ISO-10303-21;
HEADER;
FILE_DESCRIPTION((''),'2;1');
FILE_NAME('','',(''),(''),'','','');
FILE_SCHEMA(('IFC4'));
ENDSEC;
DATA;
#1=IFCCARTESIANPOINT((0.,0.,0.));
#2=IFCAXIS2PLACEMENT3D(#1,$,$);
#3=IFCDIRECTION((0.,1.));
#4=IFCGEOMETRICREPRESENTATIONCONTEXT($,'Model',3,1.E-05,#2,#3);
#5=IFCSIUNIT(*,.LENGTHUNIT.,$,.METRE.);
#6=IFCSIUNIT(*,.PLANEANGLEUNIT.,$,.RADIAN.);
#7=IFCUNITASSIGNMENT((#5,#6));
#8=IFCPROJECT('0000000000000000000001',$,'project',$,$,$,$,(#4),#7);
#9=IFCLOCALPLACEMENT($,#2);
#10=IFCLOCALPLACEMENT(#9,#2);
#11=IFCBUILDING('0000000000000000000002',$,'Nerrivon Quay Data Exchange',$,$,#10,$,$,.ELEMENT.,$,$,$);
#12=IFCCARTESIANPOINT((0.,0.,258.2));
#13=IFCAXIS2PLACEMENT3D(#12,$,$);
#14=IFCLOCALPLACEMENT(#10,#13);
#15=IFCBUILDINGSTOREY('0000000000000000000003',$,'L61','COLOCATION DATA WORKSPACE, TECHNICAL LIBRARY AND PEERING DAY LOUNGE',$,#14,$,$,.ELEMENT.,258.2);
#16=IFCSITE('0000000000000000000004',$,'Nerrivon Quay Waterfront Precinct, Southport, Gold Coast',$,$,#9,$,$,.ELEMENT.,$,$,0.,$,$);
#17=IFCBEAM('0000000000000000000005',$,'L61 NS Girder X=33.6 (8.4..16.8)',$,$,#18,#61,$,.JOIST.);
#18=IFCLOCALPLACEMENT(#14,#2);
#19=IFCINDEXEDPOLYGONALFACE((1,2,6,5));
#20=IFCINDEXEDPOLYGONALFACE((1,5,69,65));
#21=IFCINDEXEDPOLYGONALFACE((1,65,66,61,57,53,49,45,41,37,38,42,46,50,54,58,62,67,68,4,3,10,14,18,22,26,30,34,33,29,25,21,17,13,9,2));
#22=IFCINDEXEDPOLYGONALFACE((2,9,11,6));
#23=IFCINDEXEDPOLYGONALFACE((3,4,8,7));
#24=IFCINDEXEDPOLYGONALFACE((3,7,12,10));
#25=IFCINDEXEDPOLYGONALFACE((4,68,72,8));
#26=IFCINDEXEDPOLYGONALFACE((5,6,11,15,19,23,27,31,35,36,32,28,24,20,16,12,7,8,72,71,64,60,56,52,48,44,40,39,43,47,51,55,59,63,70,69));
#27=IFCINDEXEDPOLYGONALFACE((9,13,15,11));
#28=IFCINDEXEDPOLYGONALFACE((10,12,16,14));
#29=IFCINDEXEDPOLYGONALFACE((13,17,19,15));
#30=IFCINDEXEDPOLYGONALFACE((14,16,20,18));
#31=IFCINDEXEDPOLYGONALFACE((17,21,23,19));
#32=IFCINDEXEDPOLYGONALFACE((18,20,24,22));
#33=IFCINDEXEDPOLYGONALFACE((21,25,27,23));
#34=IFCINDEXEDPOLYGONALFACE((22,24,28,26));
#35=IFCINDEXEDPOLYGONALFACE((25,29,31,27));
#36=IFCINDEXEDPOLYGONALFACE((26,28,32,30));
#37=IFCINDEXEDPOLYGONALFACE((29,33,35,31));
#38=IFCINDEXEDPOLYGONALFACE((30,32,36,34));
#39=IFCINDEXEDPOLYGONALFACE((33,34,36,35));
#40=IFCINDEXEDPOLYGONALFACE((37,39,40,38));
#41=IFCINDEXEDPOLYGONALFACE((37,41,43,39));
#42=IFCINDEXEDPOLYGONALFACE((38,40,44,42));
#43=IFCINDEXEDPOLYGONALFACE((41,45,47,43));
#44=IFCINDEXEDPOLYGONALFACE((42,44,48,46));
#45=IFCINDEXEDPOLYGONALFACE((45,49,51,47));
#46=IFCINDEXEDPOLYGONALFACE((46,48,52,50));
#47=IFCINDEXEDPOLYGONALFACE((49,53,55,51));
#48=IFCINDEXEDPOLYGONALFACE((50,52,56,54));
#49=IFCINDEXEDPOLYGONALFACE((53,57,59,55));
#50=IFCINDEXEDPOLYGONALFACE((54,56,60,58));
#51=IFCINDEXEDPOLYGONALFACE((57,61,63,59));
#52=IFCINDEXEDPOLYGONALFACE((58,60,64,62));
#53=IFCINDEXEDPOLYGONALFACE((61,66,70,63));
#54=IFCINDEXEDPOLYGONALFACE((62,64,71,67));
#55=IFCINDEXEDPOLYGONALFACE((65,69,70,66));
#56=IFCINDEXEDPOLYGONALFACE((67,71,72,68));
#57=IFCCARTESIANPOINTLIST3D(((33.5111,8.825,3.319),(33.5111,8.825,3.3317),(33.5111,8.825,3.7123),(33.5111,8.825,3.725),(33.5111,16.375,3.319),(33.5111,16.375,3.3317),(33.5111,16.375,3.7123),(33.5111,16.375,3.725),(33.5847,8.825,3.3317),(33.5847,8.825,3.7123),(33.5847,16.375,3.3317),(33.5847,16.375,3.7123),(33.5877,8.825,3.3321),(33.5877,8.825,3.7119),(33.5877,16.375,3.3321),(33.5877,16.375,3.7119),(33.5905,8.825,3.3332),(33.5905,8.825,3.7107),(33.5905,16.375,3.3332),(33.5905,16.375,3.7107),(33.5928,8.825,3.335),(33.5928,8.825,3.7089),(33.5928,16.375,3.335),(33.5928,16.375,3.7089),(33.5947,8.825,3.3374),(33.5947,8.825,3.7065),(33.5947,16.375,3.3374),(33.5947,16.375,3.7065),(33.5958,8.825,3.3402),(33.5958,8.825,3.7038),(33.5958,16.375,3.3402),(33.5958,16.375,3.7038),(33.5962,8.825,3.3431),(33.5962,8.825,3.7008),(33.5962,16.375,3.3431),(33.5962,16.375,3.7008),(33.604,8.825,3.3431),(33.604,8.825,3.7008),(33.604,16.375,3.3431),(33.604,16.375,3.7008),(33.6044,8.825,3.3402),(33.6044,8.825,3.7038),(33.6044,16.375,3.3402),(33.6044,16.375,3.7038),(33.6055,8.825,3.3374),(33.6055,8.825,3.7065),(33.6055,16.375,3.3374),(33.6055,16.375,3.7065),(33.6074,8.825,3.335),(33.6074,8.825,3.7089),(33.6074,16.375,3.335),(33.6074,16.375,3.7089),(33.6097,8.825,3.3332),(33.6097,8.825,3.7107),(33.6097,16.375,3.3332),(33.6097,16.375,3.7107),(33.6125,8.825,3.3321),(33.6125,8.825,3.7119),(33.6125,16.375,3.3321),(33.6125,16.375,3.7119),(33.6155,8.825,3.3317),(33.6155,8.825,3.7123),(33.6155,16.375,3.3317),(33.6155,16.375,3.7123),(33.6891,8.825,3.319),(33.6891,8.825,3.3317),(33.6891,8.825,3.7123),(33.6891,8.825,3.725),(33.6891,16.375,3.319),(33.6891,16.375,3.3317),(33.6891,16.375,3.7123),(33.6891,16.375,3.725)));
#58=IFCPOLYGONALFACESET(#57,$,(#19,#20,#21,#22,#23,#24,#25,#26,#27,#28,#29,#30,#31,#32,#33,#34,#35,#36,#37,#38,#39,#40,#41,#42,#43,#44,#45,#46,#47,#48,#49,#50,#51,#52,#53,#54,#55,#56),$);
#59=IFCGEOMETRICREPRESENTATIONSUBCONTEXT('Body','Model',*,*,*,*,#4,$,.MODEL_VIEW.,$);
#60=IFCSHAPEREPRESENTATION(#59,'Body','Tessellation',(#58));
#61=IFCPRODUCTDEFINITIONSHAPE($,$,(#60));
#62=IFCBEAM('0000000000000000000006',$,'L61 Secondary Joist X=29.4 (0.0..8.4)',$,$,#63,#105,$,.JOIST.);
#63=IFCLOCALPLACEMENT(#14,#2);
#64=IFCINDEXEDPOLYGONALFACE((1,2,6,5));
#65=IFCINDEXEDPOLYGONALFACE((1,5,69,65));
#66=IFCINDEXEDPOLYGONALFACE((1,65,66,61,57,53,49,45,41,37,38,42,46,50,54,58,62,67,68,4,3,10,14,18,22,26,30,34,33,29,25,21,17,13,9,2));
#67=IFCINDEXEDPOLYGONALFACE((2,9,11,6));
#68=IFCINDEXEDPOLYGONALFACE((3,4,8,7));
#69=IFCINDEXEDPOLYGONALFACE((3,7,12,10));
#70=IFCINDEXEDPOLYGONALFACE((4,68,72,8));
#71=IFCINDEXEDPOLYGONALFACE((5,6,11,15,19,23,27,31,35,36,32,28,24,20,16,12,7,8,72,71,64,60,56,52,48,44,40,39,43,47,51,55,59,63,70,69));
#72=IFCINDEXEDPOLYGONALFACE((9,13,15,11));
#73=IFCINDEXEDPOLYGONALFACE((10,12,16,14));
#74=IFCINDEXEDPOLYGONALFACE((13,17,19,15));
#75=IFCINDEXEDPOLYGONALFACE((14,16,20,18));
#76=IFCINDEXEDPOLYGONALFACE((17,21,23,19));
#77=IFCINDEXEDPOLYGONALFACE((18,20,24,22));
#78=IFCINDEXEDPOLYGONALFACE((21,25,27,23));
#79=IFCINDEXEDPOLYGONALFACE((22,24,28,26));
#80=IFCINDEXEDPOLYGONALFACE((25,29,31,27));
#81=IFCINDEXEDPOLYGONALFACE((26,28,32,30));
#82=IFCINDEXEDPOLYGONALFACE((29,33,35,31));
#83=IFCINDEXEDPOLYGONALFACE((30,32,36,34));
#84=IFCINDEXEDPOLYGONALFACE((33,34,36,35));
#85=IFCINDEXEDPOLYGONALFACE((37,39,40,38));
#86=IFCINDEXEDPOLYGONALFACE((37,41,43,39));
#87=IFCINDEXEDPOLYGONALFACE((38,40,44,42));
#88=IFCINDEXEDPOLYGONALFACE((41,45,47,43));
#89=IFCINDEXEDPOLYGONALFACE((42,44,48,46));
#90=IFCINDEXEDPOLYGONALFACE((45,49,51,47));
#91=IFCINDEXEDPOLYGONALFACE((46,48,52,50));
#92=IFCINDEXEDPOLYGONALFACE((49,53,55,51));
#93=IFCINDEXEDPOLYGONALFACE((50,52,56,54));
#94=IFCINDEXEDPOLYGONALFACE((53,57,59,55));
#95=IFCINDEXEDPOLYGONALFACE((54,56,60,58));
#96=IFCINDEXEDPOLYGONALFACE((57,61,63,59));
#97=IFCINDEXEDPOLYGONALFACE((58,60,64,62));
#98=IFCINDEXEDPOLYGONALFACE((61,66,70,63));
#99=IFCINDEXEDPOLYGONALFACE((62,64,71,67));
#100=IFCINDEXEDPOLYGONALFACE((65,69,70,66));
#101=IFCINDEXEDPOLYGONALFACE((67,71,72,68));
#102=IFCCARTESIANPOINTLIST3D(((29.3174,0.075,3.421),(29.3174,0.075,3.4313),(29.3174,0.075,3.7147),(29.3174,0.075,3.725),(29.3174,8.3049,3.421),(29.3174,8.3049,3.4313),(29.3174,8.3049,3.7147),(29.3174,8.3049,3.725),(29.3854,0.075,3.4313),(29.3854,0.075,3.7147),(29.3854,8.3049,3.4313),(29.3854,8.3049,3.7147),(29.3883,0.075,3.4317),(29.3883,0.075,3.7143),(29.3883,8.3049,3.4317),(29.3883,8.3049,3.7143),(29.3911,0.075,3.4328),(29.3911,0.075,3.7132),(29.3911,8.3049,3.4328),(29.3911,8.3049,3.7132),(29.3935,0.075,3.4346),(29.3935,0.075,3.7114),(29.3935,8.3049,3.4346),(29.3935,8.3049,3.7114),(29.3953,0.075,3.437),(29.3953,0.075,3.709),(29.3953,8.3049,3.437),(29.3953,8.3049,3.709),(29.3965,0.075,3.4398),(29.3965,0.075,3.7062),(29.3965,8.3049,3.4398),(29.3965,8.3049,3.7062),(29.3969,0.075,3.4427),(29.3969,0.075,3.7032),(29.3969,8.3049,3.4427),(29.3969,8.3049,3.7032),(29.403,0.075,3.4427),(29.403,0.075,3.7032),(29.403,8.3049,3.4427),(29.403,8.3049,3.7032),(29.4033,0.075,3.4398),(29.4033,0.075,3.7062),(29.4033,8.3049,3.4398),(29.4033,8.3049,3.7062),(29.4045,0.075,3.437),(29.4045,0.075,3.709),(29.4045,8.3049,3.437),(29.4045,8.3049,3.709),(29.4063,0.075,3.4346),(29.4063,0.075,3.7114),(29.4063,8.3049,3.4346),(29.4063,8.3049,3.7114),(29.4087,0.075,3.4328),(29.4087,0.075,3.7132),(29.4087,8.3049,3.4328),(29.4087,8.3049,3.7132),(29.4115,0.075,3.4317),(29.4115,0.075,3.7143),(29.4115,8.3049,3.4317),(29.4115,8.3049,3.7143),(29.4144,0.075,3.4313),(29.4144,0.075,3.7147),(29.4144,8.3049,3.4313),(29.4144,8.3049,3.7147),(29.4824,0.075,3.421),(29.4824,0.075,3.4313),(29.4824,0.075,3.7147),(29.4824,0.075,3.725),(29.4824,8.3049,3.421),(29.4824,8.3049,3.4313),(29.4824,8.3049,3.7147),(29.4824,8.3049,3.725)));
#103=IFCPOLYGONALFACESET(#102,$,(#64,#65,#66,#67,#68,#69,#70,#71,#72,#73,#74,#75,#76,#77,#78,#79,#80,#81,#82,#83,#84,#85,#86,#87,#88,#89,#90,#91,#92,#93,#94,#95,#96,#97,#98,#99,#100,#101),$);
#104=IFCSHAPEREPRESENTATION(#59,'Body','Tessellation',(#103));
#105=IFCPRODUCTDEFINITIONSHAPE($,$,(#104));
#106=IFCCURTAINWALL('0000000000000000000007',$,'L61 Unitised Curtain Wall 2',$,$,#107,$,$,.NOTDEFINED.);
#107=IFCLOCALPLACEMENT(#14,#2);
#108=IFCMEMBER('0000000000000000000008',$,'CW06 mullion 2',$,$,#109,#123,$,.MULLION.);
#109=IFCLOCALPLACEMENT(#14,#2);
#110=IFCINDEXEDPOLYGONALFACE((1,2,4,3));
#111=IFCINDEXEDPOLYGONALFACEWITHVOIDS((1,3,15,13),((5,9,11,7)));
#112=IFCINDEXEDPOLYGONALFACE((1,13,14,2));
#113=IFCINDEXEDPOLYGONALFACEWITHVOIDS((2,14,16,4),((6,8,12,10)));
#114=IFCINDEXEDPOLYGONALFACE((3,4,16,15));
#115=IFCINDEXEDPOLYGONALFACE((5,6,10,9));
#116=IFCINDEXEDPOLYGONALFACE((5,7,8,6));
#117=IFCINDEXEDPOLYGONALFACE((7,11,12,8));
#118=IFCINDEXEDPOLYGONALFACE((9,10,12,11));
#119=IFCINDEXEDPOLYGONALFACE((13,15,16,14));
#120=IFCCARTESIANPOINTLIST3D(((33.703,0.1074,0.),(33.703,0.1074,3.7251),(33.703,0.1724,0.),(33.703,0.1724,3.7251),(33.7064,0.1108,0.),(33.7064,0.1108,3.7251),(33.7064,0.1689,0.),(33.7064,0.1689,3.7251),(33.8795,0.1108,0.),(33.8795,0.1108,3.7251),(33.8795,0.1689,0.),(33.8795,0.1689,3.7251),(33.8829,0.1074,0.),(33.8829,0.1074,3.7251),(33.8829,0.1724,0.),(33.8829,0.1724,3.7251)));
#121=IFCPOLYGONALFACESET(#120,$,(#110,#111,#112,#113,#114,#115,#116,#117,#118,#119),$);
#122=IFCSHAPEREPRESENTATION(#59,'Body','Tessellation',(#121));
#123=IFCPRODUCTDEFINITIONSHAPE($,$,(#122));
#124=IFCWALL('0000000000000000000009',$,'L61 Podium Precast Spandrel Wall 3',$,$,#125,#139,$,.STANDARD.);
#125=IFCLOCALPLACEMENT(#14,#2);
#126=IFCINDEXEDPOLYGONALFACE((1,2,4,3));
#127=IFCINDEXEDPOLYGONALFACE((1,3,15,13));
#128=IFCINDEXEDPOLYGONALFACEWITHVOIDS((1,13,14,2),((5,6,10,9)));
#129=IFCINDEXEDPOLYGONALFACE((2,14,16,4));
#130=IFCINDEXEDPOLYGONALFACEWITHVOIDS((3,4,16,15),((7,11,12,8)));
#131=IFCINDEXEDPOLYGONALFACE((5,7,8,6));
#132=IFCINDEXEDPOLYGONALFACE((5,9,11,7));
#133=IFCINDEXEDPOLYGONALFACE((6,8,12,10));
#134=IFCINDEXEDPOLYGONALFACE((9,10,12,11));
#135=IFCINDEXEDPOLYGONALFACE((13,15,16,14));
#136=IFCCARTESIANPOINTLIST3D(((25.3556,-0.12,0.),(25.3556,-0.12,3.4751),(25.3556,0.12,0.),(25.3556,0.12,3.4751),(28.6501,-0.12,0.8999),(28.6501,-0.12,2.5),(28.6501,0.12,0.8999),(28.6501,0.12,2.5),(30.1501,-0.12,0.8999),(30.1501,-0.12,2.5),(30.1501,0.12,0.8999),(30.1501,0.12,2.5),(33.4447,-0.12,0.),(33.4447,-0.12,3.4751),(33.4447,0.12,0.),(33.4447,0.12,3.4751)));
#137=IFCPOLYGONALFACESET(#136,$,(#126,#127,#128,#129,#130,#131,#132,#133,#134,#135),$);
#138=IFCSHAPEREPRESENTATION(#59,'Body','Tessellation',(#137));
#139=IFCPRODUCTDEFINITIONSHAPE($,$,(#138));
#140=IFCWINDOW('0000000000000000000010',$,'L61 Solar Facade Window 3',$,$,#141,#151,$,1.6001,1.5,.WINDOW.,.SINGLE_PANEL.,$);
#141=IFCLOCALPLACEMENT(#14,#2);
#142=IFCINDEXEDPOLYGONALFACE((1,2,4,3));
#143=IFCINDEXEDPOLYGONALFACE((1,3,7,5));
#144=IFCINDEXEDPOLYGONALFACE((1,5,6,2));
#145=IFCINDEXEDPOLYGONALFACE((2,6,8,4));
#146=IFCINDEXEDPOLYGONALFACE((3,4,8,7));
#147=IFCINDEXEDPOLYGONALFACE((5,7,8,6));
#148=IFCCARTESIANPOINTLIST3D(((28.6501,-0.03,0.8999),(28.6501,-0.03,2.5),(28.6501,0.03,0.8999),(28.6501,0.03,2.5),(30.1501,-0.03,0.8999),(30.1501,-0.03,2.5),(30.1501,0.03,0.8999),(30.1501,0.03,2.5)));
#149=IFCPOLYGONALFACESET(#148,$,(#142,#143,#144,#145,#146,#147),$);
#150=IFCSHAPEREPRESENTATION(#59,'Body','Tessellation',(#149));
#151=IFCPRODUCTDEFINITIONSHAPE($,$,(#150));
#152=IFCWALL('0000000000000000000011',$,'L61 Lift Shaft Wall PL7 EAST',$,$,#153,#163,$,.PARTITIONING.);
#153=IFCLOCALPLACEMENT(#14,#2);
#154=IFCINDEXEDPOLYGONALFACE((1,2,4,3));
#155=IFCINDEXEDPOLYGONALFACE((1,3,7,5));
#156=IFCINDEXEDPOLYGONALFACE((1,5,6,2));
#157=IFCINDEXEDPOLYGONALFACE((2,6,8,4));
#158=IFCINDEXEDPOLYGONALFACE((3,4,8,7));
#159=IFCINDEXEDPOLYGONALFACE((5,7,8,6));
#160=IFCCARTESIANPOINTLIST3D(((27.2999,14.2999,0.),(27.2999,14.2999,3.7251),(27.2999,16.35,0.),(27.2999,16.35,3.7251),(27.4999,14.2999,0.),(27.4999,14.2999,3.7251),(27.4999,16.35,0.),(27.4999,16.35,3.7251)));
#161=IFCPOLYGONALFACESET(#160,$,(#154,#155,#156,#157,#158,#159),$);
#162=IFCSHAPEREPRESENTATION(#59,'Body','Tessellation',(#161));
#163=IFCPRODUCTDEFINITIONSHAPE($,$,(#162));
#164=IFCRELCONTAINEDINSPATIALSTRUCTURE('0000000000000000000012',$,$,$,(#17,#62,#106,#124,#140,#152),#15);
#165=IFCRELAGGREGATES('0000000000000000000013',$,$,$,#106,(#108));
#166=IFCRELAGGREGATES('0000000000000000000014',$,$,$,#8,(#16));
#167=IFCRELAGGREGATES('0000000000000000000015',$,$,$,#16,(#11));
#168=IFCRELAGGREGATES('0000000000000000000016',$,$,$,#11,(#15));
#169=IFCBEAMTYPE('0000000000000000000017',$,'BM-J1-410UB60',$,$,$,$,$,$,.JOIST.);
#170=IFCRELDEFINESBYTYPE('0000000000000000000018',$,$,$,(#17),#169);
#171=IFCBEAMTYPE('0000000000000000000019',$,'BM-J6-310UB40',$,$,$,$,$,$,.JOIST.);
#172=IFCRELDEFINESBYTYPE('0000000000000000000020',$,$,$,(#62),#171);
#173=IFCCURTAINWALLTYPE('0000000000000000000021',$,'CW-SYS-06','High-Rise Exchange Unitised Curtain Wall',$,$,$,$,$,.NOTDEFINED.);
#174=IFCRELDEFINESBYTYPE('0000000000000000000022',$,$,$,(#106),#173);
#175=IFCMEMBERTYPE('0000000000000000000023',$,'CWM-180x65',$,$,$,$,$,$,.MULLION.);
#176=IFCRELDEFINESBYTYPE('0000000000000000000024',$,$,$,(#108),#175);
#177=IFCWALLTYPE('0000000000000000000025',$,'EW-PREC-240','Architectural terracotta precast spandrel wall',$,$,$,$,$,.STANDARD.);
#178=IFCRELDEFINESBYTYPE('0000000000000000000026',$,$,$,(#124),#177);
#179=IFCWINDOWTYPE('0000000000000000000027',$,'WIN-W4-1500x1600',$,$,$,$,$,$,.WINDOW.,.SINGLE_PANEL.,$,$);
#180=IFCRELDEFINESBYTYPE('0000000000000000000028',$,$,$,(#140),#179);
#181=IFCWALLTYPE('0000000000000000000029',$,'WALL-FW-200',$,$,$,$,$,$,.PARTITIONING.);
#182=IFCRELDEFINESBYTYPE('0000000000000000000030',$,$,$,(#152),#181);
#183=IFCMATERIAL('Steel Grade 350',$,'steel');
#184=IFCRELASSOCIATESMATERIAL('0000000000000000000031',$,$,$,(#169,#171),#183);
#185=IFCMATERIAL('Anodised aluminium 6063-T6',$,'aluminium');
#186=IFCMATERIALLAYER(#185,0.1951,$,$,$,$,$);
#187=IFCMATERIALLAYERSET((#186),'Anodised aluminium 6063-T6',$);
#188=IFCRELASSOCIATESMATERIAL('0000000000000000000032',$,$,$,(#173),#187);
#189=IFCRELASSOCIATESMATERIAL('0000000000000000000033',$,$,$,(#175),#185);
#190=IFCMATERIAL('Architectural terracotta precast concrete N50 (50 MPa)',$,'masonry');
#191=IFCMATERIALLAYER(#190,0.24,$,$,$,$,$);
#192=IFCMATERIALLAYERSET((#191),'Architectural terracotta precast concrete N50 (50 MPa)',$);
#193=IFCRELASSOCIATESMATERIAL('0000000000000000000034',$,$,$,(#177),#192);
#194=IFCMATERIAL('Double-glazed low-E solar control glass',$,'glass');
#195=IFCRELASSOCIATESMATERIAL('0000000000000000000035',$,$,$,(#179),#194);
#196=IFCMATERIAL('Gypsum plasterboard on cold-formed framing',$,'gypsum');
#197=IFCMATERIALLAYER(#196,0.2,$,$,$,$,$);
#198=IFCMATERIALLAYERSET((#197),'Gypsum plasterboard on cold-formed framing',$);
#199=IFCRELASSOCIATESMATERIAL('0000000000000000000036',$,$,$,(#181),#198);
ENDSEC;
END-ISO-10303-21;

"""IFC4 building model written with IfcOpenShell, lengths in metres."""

from ifc_helpers import new_model, si_unit, direction, frame, frame_2d, origin, origin_2d, place, context, subcontext, project, spatial, rectangle, hollow_rectangle, i_section, extrude, material, layer, layer_set, material_profile, profile_set, type_object, element, fill, aggregate, save


model = new_model("IFC4")

# Units and contexts
model_context = context("Model", 3, precision=1e-05, world=origin(), true_north=direction((0.0, 1.0)))
body_context = subcontext(model_context, "Body", "Model", "MODEL_VIEW")
ifc_project = project(units=[si_unit("LENGTHUNIT", "METRE"), si_unit("PLANEANGLEUNIT", "RADIAN")], contexts=[model_context])

# Site, building, storey
site_placement = place(None, origin())
site = spatial("IfcSite", under=ifc_project, at=site_placement, Name="Nerrivon Quay Waterfront Precinct, Southport, Gold Coast", CompositionType="ELEMENT", RefElevation=0.0)
building_placement = place(site_placement, origin())
building = spatial("IfcBuilding", under=site, at=building_placement, Name="Nerrivon Quay Data Exchange", CompositionType="ELEMENT")
storey_placement = place(building_placement, frame((0.0, 0.0, 258.2)))
storey = spatial("IfcBuildingStorey", under=building, at=storey_placement, Name="L61", Description="COLOCATION DATA WORKSPACE, TECHNICAL LIBRARY AND PEERING DAY LOUNGE", CompositionType="ELEMENT", Elevation=258.2)

# Shared definitions
ifc_material_1 = material(Name="Steel Grade 350", Category="steel")

# Beams
ifc_material_profile_1 = material_profile(ifc_material_1, i_section(OverallWidth=0.178, OverallDepth=0.406, WebThickness=0.0078, FlangeThickness=0.0127, FilletRadius=0.0115, at=origin_2d()), Name="410UB59.7")
ifc_profile_set_1 = profile_set([ifc_material_profile_1], Name="Steel Grade 350")
beam_type_1 = type_object("IfcBeamType", Name="BM-J1-410UB60", PredefinedType="JOIST", material=ifc_profile_set_1)
beam_1_placement = place(storey_placement, frame((33.6001, 8.825, 3.522), z_axis=(0.0, 1.0, 0.0), x_axis=(-1.0, 0.0, 0.0)))
element("IfcBeam", 1, at=beam_1_placement, inside=storey, type_object=beam_type_1, Name="L61 NS Girder X=33.6 (8.4..16.8)", PredefinedType="JOIST", context=body_context, shape_type="SweptSolid", body=[
    extrude(i_section(OverallWidth=0.178, OverallDepth=0.406, WebThickness=0.0078, FlangeThickness=0.0127, FilletRadius=0.0115, at=origin_2d()), origin(), (0.0, 0.0, 1.0), 7.55),
])
ifc_material_profile_2 = material_profile(ifc_material_1, i_section(OverallWidth=0.165, OverallDepth=0.304, WebThickness=0.0061, FlangeThickness=0.0103, FilletRadius=0.0115, at=origin_2d()), Name="310UB40.4")
ifc_profile_set_2 = profile_set([ifc_material_profile_2], Name="Steel Grade 350")
beam_type_2 = type_object("IfcBeamType", Name="BM-J6-310UB40", PredefinedType="JOIST", material=ifc_profile_set_2)
beam_2_placement = place(storey_placement, frame((29.3999, 0.075, 3.573), z_axis=(0.0, 1.0, 0.0), x_axis=(-1.0, 0.0, 0.0)))
element("IfcBeam", 2, at=beam_2_placement, inside=storey, type_object=beam_type_2, Name="L61 Secondary Joist X=29.4 (0.0..8.4)", PredefinedType="JOIST", context=body_context, shape_type="SweptSolid", body=[
    extrude(i_section(OverallWidth=0.165, OverallDepth=0.304, WebThickness=0.0061, FlangeThickness=0.0103, FilletRadius=0.0115, at=origin_2d()), origin(), (0.0, 0.0, 1.0), 8.23),
])

# Curtain wall, member
ifc_material_2 = material(Name="Anodised aluminium 6063-T6", Category="aluminium")
ifc_layer_1 = layer(ifc_material_2, 0.1951)
ifc_layer_set_1 = layer_set([ifc_layer_1], Name="Anodised aluminium 6063-T6")
curtain_wall_type = type_object("IfcCurtainWallType", Name="CW-SYS-06", Description="High-Rise Exchange Unitised Curtain Wall", PredefinedType="NOTDEFINED", material=ifc_layer_set_1)
curtain_wall_placement = place(storey_placement, origin())
curtain_wall = element("IfcCurtainWall", 3, at=curtain_wall_placement, inside=storey, type_object=curtain_wall_type, Name="L61 Unitised Curtain Wall 2", PredefinedType="NOTDEFINED")
ifc_material_profile_3 = material_profile(ifc_material_2, hollow_rectangle(XDim=0.0649, YDim=0.1799, WallThickness=0.0034, at=origin_2d()), Name="ALU-MULL-180x65")
ifc_profile_set_3 = profile_set([ifc_material_profile_3], Name="Anodised aluminium 6063-T6")
member_type = type_object("IfcMemberType", Name="CWM-180x65", PredefinedType="MULLION", material=ifc_profile_set_3)
member_placement = place(storey_placement, frame((33.793, 0.1399, 0.0), z_axis=(0.0, 0.0, 1.0), x_axis=(0.0, -1.0, 0.0)))
member = element("IfcMember", 4, at=member_placement, type_object=member_type, Name="CW06 mullion 2", PredefinedType="MULLION", context=body_context, shape_type="SweptSolid", body=[
    extrude(hollow_rectangle(XDim=0.0649, YDim=0.1799, WallThickness=0.0034, at=origin_2d()), origin(), (0.0, 0.0, 1.0), 3.7251),
])
aggregate(curtain_wall, [member])

# Wall, opening, window
ifc_material_3 = material(Name="Architectural terracotta precast concrete N50 (50 MPa)", Category="masonry")
ifc_layer_2 = layer(ifc_material_3, 0.24)
ifc_layer_set_2 = layer_set([ifc_layer_2], Name="Architectural terracotta precast concrete N50 (50 MPa)")
wall_type_1 = type_object("IfcWallType", Name="EW-PREC-240", Description="Architectural terracotta precast spandrel wall", PredefinedType="STANDARD", material=ifc_layer_set_2)
wall_1_placement = place(storey_placement, frame((33.4446, 0.0, 0.0), z_axis=(0.0, 0.0, 1.0), x_axis=(-1.0, 0.0, 0.0)))
wall_1 = element("IfcWall", 5, at=wall_1_placement, inside=storey, type_object=wall_type_1, Name="L61 Podium Precast Spandrel Wall 3", PredefinedType="STANDARD", context=body_context, shape_type="SweptSolid", body=[
    extrude(rectangle(XDim=8.0891, YDim=0.24, at=frame_2d((4.0444, 0.0))), origin(), (0.0, 0.0, 1.0), 3.4751),
])
opening_1_placement = place(wall_1_placement, frame((3.2944, 0.0, 0.8999)))
opening_1 = element("IfcOpeningElement", 6, at=opening_1_placement, cuts=wall_1, PredefinedType="OPENING", context=body_context, shape_type="SweptSolid", body=[
    extrude(rectangle(XDim=1.5, YDim=1.6001, at=frame_2d((0.75, 0.8))), frame((0.0, 0.1299, 0.0), z_axis=(0.0, -1.0, 0.0), x_axis=(1.0, 0.0, 0.0)), (0.0, 0.0, 1.0), 0.26),
])
ifc_material_4 = material(Name="Double-glazed low-E solar control glass", Category="glass")
window_type = type_object("IfcWindowType", Name="WIN-W4-1500x1600", PartitioningType="SINGLE_PANEL", PredefinedType="WINDOW", material=ifc_material_4)
window_placement = place(opening_1_placement, origin())
window = element("IfcWindow", 7, at=window_placement, inside=storey, type_object=window_type, Name="L61 Solar Facade Window 3", OverallHeight=1.6001, OverallWidth=1.5, PartitioningType="SINGLE_PANEL", PredefinedType="WINDOW", context=body_context, shape_type="SweptSolid", body=[
    extrude(rectangle(XDim=1.5, YDim=1.6001, at=frame_2d((0.75, 0.8))), frame((0.0, 0.03, 0.0), z_axis=(0.0, -1.0, 0.0), x_axis=(1.0, 0.0, 0.0)), (0.0, 0.0, 1.0), 0.0601),
])
fill(opening_1, window)

# Wall
ifc_material_5 = material(Name="Gypsum plasterboard on cold-formed framing", Category="gypsum")
ifc_layer_3 = layer(ifc_material_5, 0.2)
ifc_layer_set_3 = layer_set([ifc_layer_3], Name="Gypsum plasterboard on cold-formed framing")
wall_type_2 = type_object("IfcWallType", Name="WALL-FW-200", PredefinedType="PARTITIONING", material=ifc_layer_set_3)
wall_2_placement = place(storey_placement, frame((27.3999, 14.3, 0.0), z_axis=(0.0, 0.0, 1.0), x_axis=(0.0, 1.0, 0.0)))
element("IfcWall", 8, at=wall_2_placement, inside=storey, type_object=wall_type_2, Name="L61 Lift Shaft Wall PL7 EAST", PredefinedType="PARTITIONING", context=body_context, shape_type="SweptSolid", body=[
    extrude(rectangle(XDim=2.05, YDim=0.2, at=frame_2d((1.0249, 0.0))), origin(), (0.0, 0.0, 1.0), 3.7251),
])

save(model, "model.ifc")
